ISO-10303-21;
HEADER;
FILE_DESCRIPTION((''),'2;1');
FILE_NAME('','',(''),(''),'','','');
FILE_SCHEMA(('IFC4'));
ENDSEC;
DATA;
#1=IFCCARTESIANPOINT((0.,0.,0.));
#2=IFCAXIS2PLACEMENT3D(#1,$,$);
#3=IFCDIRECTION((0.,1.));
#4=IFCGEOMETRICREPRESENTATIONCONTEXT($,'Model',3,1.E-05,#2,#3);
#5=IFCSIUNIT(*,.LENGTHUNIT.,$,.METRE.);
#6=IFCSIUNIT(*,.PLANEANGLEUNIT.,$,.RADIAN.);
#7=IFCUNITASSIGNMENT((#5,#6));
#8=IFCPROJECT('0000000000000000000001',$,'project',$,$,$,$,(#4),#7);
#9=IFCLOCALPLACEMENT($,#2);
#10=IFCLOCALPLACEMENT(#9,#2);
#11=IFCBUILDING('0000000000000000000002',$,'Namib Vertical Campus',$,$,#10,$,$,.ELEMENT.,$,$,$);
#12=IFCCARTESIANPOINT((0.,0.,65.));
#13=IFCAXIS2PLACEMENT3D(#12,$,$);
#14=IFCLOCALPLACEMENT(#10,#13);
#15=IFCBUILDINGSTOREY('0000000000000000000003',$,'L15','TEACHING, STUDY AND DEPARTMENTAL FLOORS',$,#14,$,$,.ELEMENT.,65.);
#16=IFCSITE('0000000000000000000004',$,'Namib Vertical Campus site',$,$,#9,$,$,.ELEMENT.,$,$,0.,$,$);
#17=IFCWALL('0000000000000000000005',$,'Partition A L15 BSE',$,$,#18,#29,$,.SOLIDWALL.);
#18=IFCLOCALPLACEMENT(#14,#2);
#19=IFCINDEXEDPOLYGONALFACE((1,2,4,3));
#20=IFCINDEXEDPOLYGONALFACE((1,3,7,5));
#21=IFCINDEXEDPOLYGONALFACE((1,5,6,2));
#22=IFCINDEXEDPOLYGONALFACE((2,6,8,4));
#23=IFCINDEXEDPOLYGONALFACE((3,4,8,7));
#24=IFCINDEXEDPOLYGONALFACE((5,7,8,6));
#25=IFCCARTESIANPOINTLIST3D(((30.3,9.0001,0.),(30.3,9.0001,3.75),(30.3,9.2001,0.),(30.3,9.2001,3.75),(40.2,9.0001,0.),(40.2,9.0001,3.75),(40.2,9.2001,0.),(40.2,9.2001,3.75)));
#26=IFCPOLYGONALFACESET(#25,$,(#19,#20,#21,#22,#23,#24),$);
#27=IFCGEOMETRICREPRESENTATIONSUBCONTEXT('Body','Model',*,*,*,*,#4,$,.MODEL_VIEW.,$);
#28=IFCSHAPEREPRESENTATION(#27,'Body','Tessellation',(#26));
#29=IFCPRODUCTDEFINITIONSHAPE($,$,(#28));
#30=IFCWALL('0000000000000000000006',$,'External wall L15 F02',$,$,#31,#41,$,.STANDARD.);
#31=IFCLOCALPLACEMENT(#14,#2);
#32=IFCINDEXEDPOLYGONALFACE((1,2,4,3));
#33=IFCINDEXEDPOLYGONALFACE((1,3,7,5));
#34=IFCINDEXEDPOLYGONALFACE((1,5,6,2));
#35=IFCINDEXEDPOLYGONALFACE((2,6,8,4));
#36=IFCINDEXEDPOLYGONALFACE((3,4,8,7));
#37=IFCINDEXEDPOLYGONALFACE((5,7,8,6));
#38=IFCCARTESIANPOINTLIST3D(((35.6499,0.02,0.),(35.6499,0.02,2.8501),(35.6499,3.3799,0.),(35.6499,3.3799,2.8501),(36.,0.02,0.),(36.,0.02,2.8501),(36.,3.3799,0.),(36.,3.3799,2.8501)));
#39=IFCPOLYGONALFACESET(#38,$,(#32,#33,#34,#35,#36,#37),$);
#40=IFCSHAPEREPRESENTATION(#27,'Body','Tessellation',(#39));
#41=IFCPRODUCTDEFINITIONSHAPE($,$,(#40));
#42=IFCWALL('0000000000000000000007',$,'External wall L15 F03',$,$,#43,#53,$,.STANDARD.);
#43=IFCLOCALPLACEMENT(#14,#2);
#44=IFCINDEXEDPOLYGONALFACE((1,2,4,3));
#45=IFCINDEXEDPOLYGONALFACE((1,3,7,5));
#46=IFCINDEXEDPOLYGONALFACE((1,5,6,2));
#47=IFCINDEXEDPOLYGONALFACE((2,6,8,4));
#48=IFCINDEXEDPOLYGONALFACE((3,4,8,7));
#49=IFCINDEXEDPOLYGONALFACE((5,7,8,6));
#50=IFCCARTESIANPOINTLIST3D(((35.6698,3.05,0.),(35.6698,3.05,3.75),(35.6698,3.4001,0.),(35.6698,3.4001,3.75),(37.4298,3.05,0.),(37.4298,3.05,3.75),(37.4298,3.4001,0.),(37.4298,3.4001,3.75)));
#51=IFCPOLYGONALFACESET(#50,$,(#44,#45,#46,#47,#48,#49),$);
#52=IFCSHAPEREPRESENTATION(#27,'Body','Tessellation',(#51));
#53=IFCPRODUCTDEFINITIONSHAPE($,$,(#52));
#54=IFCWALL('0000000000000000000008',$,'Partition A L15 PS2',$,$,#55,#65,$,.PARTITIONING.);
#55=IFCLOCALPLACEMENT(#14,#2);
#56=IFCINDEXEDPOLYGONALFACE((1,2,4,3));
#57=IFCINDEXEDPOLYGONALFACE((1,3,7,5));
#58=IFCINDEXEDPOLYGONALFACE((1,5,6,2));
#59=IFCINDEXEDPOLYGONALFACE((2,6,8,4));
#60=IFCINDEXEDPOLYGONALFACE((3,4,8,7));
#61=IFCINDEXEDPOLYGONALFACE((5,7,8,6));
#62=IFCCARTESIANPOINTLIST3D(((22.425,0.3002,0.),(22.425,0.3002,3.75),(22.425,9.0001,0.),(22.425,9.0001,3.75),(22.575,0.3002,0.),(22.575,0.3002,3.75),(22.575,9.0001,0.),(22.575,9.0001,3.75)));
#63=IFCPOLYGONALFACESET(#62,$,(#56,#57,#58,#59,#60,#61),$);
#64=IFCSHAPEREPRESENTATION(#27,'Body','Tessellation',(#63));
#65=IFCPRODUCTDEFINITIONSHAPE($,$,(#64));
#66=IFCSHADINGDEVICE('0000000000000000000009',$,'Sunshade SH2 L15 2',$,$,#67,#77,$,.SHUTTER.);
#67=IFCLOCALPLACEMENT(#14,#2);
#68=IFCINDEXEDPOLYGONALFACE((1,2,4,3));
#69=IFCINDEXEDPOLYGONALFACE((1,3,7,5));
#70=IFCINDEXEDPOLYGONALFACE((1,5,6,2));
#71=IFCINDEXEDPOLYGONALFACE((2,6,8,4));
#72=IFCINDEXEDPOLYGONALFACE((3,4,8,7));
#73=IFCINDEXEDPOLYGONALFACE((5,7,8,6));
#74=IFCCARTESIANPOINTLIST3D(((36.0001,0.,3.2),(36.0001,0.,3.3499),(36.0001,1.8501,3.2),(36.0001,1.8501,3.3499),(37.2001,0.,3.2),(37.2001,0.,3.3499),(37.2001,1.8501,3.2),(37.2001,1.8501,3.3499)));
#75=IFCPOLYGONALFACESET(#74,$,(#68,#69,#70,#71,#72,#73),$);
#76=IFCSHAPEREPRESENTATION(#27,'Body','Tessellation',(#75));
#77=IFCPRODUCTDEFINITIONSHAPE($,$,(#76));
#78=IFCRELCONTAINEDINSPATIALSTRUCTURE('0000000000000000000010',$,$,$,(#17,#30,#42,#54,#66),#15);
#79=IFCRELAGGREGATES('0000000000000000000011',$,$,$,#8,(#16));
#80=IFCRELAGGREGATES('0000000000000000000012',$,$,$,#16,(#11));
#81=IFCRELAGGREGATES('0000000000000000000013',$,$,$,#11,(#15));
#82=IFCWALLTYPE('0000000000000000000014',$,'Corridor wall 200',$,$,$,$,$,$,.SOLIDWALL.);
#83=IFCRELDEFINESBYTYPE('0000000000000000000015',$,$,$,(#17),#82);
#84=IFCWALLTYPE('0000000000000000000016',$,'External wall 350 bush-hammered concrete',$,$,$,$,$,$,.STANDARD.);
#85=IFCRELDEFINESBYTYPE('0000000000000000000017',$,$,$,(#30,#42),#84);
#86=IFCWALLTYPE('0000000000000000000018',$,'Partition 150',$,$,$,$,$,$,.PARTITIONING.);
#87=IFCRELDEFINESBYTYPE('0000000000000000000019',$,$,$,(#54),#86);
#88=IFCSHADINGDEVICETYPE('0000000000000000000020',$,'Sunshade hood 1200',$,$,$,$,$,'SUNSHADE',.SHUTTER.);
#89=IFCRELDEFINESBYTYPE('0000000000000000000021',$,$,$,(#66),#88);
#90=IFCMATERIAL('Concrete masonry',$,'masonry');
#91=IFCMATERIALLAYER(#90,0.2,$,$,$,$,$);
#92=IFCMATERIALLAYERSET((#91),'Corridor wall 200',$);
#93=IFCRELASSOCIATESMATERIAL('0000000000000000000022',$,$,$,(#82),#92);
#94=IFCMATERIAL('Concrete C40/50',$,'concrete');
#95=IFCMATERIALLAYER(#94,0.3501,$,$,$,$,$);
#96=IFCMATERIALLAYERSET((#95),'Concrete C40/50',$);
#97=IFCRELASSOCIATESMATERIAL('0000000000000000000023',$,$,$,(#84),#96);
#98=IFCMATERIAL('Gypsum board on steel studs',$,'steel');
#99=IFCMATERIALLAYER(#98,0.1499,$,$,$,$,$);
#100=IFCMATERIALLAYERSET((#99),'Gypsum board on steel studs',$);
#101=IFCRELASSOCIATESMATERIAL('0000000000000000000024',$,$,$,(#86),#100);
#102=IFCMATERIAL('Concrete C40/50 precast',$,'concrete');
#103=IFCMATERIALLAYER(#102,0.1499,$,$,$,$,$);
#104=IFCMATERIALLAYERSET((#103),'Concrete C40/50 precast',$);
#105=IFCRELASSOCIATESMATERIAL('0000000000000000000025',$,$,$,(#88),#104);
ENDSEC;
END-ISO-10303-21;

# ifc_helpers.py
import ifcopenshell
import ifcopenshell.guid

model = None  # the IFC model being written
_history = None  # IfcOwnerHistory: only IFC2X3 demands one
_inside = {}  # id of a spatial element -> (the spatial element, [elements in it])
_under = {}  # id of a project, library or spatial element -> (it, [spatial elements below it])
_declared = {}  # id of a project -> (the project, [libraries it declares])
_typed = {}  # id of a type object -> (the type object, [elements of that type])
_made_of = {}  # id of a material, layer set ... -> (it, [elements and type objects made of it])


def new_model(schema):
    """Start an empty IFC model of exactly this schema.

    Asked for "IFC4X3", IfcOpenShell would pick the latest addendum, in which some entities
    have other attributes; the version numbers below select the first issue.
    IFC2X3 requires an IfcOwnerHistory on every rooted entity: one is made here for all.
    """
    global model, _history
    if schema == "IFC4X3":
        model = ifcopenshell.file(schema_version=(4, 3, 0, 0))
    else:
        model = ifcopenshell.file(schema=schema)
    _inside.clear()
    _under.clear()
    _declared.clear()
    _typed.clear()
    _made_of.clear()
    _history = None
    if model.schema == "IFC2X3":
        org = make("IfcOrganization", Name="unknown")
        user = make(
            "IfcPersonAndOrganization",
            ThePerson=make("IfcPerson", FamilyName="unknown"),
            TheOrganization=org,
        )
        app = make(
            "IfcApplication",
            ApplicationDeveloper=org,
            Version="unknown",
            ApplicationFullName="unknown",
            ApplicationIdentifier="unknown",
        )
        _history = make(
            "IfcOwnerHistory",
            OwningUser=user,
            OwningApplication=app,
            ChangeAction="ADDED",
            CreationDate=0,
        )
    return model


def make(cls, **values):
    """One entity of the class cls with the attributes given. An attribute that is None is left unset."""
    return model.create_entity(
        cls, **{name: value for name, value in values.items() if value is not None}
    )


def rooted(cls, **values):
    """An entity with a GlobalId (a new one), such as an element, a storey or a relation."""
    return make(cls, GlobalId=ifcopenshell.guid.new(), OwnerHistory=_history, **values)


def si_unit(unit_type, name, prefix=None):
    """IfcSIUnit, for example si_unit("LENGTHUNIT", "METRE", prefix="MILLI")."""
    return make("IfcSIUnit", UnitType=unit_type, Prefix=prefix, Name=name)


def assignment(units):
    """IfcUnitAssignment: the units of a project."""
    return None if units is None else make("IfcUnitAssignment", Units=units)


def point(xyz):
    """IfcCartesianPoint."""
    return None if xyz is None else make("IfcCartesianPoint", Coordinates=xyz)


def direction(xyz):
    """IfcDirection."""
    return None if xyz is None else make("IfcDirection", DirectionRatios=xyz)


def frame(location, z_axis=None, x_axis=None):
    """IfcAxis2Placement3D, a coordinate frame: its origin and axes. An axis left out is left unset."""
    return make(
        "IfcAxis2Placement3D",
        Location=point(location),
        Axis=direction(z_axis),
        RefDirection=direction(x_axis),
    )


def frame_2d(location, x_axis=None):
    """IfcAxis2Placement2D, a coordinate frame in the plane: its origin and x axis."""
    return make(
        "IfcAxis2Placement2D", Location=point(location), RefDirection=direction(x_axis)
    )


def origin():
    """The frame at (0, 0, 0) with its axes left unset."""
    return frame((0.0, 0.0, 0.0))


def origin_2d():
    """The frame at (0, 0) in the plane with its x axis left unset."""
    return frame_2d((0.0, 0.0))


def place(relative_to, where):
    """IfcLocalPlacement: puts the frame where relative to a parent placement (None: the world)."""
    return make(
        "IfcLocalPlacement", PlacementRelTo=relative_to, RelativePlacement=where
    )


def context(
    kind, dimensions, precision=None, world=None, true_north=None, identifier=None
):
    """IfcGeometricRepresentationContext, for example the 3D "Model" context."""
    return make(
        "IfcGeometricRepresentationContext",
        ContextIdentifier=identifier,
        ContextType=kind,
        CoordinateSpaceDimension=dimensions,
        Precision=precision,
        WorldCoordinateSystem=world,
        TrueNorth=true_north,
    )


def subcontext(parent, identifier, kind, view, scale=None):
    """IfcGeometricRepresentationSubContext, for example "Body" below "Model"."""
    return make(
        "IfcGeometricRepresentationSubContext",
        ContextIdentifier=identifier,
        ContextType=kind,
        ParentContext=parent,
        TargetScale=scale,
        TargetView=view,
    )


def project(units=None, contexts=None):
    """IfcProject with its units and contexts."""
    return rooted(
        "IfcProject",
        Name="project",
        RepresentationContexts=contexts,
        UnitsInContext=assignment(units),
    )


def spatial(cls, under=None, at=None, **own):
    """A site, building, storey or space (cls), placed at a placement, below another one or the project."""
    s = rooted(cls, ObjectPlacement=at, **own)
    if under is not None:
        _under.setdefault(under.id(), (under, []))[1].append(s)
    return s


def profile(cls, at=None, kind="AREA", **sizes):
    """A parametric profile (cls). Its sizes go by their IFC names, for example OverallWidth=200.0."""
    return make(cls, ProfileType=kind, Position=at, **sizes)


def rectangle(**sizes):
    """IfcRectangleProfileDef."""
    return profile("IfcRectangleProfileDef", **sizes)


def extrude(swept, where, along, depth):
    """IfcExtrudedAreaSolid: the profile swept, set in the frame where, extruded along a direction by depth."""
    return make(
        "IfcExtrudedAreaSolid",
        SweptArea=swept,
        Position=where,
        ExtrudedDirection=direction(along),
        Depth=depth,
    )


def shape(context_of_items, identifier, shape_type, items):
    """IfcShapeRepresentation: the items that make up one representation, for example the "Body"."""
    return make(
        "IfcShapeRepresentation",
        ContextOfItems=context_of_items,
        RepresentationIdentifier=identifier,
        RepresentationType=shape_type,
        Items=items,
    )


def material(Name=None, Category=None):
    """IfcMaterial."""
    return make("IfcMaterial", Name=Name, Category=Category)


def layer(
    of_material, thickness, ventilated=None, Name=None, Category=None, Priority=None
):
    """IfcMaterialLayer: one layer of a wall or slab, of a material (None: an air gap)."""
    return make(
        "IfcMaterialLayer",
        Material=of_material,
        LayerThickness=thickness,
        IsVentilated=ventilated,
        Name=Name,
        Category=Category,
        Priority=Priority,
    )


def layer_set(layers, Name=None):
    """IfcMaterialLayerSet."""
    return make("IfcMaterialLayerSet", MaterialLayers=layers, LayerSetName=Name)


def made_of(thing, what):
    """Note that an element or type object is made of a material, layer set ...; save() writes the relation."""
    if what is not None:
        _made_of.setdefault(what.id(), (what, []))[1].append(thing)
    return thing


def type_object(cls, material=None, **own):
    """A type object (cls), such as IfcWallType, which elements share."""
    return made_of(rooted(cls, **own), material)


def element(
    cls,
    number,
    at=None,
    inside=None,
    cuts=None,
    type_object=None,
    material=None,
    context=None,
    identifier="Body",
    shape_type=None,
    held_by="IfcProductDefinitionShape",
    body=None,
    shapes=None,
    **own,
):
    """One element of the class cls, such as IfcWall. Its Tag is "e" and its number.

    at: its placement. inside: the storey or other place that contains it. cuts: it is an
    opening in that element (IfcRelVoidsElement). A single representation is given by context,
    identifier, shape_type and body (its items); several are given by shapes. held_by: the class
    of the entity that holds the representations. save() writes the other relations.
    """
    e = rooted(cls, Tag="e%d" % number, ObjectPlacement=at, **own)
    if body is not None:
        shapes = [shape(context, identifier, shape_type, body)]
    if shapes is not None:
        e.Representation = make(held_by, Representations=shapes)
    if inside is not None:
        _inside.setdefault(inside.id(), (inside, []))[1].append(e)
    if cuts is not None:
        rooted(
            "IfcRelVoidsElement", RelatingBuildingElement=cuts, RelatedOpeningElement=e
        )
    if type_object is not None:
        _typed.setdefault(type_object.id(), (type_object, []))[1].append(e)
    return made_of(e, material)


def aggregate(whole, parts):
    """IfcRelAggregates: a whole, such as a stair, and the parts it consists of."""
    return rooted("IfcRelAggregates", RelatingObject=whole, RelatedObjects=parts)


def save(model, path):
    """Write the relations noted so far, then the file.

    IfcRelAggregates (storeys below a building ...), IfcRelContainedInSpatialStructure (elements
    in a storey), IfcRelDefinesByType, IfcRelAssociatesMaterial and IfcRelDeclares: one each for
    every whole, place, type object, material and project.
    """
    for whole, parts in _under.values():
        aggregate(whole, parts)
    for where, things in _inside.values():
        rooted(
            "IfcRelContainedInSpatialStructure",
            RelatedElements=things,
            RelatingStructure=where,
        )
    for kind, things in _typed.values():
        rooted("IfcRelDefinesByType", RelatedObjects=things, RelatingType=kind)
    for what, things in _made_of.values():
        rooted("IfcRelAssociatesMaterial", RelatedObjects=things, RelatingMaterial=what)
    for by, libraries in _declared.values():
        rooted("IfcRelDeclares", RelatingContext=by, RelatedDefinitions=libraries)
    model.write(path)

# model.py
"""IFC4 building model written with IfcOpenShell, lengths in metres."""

from ifc_helpers import new_model, si_unit, direction, frame, frame_2d, origin, origin_2d, place, context, subcontext, project, spatial, rectangle, extrude, material, layer, layer_set, type_object, element, save


model = new_model("IFC4")

# Units and contexts
model_context = context("Model", 3, precision=1e-05, world=origin(), true_north=direction((0.0, 1.0)))
body_context = subcontext(model_context, "Body", "Model", "MODEL_VIEW")
ifc_project = project(units=[si_unit("LENGTHUNIT", "METRE"), si_unit("PLANEANGLEUNIT", "RADIAN")], contexts=[model_context])

# Site, building, storey
site_placement = place(None, origin())
site = spatial("IfcSite", under=ifc_project, at=site_placement, Name="Namib Vertical Campus site", CompositionType="ELEMENT", RefElevation=0.0)
building_placement = place(site_placement, origin())
building = spatial("IfcBuilding", under=site, at=building_placement, Name="Namib Vertical Campus", CompositionType="ELEMENT")
storey_placement = place(building_placement, frame((0.0, 0.0, 65.0)))
storey = spatial("IfcBuildingStorey", under=building, at=storey_placement, Name="L15", Description="TEACHING, STUDY AND DEPARTMENTAL FLOORS", CompositionType="ELEMENT", Elevation=65.0)

# Shared definitions
ifc_material_1 = material(Name="Concrete masonry", Category="masonry")
ifc_layer_1 = layer(ifc_material_1, 0.2)
ifc_layer_set_1 = layer_set([ifc_layer_1], Name="Corridor wall 200")
wall_type_1 = type_object("IfcWallType", Name="Corridor wall 200", PredefinedType="SOLIDWALL", material=ifc_layer_set_1)

# Walls
wall_1_placement = place(storey_placement, frame((30.3, 9.1001, 0.0), z_axis=(0.0, 0.0, 1.0), x_axis=(1.0, 0.0, 0.0)))
element("IfcWall", 1, at=wall_1_placement, inside=storey, type_object=wall_type_1, Name="Partition A L15 BSE", PredefinedType="SOLIDWALL", context=body_context, shape_type="SweptSolid", body=[
    extrude(rectangle(XDim=9.8999, YDim=0.2, at=frame_2d((4.95, 0.0))), origin(), (0.0, 0.0, 1.0), 3.75),
])
ifc_material_2 = material(Name="Concrete C40/50", Category="concrete")
ifc_layer_2 = layer(ifc_material_2, 0.3501)
ifc_layer_set_2 = layer_set([ifc_layer_2], Name="Concrete C40/50")
wall_type_2 = type_object("IfcWallType", Name="External wall 350 bush-hammered concrete", PredefinedType="STANDARD", material=ifc_layer_set_2)
wall_2_placement = place(storey_placement, frame((35.825, 0.02, 0.0), z_axis=(0.0, 0.0, 1.0), x_axis=(0.0, 1.0, 0.0)))
element("IfcWall", 2, at=wall_2_placement, inside=storey, type_object=wall_type_2, Name="External wall L15 F02", PredefinedType="STANDARD", context=body_context, shape_type="SweptSolid", body=[
    extrude(rectangle(XDim=3.3599, YDim=0.3501, at=frame_2d((1.6799, 0.0))), origin(), (0.0, 0.0, 1.0), 2.8501),
])
wall_3_placement = place(storey_placement, frame((35.6699, 3.2251, 0.0), z_axis=(0.0, 0.0, 1.0), x_axis=(1.0, 0.0, 0.0)))
element("IfcWall", 3, at=wall_3_placement, inside=storey, type_object=wall_type_2, Name="External wall L15 F03", PredefinedType="STANDARD", context=body_context, shape_type="SweptSolid", body=[
    extrude(rectangle(XDim=1.76, YDim=0.3501, at=frame_2d((0.8799, 0.0))), origin(), (0.0, 0.0, 1.0), 3.75),
])
ifc_material_3 = material(Name="Gypsum board on steel studs", Category="steel")
ifc_layer_3 = layer(ifc_material_3, 0.1499)
ifc_layer_set_3 = layer_set([ifc_layer_3], Name="Gypsum board on steel studs")
wall_type_3 = type_object("IfcWallType", Name="Partition 150", PredefinedType="PARTITIONING", material=ifc_layer_set_3)
wall_4_placement = place(storey_placement, frame((22.5, 0.3, 0.0), z_axis=(0.0, 0.0, 1.0), x_axis=(0.0, 1.0, 0.0)))
element("IfcWall", 4, at=wall_4_placement, inside=storey, type_object=wall_type_3, Name="Partition A L15 PS2", PredefinedType="PARTITIONING", context=body_context, shape_type="SweptSolid", body=[
    extrude(rectangle(XDim=8.7, YDim=0.1499, at=frame_2d((4.3501, 0.0))), origin(), (0.0, 0.0, 1.0), 3.75),
])

# Shading device
ifc_material_4 = material(Name="Concrete C40/50 precast", Category="concrete")
ifc_layer_4 = layer(ifc_material_4, 0.1499)
ifc_layer_set_4 = layer_set([ifc_layer_4], Name="Concrete C40/50 precast")
shading_device_type = type_object("IfcShadingDeviceType", Name="Sunshade hood 1200", ElementType="SUNSHADE", PredefinedType="SHUTTER", material=ifc_layer_set_4)
shading_device_placement = place(storey_placement, frame((36.6001, 0.925, 3.2), z_axis=(0.0, 0.0, 1.0), x_axis=(0.0, 1.0, 0.0)))
element("IfcShadingDevice", 5, at=shading_device_placement, inside=storey, type_object=shading_device_type, Name="Sunshade SH2 L15 2", PredefinedType="SHUTTER", context=body_context, shape_type="SweptSolid", body=[
    extrude(rectangle(XDim=1.8501, YDim=1.2, at=origin_2d()), origin(), (0.0, 0.0, 1.0), 0.1499),
])

save(model, "model.ifc")
